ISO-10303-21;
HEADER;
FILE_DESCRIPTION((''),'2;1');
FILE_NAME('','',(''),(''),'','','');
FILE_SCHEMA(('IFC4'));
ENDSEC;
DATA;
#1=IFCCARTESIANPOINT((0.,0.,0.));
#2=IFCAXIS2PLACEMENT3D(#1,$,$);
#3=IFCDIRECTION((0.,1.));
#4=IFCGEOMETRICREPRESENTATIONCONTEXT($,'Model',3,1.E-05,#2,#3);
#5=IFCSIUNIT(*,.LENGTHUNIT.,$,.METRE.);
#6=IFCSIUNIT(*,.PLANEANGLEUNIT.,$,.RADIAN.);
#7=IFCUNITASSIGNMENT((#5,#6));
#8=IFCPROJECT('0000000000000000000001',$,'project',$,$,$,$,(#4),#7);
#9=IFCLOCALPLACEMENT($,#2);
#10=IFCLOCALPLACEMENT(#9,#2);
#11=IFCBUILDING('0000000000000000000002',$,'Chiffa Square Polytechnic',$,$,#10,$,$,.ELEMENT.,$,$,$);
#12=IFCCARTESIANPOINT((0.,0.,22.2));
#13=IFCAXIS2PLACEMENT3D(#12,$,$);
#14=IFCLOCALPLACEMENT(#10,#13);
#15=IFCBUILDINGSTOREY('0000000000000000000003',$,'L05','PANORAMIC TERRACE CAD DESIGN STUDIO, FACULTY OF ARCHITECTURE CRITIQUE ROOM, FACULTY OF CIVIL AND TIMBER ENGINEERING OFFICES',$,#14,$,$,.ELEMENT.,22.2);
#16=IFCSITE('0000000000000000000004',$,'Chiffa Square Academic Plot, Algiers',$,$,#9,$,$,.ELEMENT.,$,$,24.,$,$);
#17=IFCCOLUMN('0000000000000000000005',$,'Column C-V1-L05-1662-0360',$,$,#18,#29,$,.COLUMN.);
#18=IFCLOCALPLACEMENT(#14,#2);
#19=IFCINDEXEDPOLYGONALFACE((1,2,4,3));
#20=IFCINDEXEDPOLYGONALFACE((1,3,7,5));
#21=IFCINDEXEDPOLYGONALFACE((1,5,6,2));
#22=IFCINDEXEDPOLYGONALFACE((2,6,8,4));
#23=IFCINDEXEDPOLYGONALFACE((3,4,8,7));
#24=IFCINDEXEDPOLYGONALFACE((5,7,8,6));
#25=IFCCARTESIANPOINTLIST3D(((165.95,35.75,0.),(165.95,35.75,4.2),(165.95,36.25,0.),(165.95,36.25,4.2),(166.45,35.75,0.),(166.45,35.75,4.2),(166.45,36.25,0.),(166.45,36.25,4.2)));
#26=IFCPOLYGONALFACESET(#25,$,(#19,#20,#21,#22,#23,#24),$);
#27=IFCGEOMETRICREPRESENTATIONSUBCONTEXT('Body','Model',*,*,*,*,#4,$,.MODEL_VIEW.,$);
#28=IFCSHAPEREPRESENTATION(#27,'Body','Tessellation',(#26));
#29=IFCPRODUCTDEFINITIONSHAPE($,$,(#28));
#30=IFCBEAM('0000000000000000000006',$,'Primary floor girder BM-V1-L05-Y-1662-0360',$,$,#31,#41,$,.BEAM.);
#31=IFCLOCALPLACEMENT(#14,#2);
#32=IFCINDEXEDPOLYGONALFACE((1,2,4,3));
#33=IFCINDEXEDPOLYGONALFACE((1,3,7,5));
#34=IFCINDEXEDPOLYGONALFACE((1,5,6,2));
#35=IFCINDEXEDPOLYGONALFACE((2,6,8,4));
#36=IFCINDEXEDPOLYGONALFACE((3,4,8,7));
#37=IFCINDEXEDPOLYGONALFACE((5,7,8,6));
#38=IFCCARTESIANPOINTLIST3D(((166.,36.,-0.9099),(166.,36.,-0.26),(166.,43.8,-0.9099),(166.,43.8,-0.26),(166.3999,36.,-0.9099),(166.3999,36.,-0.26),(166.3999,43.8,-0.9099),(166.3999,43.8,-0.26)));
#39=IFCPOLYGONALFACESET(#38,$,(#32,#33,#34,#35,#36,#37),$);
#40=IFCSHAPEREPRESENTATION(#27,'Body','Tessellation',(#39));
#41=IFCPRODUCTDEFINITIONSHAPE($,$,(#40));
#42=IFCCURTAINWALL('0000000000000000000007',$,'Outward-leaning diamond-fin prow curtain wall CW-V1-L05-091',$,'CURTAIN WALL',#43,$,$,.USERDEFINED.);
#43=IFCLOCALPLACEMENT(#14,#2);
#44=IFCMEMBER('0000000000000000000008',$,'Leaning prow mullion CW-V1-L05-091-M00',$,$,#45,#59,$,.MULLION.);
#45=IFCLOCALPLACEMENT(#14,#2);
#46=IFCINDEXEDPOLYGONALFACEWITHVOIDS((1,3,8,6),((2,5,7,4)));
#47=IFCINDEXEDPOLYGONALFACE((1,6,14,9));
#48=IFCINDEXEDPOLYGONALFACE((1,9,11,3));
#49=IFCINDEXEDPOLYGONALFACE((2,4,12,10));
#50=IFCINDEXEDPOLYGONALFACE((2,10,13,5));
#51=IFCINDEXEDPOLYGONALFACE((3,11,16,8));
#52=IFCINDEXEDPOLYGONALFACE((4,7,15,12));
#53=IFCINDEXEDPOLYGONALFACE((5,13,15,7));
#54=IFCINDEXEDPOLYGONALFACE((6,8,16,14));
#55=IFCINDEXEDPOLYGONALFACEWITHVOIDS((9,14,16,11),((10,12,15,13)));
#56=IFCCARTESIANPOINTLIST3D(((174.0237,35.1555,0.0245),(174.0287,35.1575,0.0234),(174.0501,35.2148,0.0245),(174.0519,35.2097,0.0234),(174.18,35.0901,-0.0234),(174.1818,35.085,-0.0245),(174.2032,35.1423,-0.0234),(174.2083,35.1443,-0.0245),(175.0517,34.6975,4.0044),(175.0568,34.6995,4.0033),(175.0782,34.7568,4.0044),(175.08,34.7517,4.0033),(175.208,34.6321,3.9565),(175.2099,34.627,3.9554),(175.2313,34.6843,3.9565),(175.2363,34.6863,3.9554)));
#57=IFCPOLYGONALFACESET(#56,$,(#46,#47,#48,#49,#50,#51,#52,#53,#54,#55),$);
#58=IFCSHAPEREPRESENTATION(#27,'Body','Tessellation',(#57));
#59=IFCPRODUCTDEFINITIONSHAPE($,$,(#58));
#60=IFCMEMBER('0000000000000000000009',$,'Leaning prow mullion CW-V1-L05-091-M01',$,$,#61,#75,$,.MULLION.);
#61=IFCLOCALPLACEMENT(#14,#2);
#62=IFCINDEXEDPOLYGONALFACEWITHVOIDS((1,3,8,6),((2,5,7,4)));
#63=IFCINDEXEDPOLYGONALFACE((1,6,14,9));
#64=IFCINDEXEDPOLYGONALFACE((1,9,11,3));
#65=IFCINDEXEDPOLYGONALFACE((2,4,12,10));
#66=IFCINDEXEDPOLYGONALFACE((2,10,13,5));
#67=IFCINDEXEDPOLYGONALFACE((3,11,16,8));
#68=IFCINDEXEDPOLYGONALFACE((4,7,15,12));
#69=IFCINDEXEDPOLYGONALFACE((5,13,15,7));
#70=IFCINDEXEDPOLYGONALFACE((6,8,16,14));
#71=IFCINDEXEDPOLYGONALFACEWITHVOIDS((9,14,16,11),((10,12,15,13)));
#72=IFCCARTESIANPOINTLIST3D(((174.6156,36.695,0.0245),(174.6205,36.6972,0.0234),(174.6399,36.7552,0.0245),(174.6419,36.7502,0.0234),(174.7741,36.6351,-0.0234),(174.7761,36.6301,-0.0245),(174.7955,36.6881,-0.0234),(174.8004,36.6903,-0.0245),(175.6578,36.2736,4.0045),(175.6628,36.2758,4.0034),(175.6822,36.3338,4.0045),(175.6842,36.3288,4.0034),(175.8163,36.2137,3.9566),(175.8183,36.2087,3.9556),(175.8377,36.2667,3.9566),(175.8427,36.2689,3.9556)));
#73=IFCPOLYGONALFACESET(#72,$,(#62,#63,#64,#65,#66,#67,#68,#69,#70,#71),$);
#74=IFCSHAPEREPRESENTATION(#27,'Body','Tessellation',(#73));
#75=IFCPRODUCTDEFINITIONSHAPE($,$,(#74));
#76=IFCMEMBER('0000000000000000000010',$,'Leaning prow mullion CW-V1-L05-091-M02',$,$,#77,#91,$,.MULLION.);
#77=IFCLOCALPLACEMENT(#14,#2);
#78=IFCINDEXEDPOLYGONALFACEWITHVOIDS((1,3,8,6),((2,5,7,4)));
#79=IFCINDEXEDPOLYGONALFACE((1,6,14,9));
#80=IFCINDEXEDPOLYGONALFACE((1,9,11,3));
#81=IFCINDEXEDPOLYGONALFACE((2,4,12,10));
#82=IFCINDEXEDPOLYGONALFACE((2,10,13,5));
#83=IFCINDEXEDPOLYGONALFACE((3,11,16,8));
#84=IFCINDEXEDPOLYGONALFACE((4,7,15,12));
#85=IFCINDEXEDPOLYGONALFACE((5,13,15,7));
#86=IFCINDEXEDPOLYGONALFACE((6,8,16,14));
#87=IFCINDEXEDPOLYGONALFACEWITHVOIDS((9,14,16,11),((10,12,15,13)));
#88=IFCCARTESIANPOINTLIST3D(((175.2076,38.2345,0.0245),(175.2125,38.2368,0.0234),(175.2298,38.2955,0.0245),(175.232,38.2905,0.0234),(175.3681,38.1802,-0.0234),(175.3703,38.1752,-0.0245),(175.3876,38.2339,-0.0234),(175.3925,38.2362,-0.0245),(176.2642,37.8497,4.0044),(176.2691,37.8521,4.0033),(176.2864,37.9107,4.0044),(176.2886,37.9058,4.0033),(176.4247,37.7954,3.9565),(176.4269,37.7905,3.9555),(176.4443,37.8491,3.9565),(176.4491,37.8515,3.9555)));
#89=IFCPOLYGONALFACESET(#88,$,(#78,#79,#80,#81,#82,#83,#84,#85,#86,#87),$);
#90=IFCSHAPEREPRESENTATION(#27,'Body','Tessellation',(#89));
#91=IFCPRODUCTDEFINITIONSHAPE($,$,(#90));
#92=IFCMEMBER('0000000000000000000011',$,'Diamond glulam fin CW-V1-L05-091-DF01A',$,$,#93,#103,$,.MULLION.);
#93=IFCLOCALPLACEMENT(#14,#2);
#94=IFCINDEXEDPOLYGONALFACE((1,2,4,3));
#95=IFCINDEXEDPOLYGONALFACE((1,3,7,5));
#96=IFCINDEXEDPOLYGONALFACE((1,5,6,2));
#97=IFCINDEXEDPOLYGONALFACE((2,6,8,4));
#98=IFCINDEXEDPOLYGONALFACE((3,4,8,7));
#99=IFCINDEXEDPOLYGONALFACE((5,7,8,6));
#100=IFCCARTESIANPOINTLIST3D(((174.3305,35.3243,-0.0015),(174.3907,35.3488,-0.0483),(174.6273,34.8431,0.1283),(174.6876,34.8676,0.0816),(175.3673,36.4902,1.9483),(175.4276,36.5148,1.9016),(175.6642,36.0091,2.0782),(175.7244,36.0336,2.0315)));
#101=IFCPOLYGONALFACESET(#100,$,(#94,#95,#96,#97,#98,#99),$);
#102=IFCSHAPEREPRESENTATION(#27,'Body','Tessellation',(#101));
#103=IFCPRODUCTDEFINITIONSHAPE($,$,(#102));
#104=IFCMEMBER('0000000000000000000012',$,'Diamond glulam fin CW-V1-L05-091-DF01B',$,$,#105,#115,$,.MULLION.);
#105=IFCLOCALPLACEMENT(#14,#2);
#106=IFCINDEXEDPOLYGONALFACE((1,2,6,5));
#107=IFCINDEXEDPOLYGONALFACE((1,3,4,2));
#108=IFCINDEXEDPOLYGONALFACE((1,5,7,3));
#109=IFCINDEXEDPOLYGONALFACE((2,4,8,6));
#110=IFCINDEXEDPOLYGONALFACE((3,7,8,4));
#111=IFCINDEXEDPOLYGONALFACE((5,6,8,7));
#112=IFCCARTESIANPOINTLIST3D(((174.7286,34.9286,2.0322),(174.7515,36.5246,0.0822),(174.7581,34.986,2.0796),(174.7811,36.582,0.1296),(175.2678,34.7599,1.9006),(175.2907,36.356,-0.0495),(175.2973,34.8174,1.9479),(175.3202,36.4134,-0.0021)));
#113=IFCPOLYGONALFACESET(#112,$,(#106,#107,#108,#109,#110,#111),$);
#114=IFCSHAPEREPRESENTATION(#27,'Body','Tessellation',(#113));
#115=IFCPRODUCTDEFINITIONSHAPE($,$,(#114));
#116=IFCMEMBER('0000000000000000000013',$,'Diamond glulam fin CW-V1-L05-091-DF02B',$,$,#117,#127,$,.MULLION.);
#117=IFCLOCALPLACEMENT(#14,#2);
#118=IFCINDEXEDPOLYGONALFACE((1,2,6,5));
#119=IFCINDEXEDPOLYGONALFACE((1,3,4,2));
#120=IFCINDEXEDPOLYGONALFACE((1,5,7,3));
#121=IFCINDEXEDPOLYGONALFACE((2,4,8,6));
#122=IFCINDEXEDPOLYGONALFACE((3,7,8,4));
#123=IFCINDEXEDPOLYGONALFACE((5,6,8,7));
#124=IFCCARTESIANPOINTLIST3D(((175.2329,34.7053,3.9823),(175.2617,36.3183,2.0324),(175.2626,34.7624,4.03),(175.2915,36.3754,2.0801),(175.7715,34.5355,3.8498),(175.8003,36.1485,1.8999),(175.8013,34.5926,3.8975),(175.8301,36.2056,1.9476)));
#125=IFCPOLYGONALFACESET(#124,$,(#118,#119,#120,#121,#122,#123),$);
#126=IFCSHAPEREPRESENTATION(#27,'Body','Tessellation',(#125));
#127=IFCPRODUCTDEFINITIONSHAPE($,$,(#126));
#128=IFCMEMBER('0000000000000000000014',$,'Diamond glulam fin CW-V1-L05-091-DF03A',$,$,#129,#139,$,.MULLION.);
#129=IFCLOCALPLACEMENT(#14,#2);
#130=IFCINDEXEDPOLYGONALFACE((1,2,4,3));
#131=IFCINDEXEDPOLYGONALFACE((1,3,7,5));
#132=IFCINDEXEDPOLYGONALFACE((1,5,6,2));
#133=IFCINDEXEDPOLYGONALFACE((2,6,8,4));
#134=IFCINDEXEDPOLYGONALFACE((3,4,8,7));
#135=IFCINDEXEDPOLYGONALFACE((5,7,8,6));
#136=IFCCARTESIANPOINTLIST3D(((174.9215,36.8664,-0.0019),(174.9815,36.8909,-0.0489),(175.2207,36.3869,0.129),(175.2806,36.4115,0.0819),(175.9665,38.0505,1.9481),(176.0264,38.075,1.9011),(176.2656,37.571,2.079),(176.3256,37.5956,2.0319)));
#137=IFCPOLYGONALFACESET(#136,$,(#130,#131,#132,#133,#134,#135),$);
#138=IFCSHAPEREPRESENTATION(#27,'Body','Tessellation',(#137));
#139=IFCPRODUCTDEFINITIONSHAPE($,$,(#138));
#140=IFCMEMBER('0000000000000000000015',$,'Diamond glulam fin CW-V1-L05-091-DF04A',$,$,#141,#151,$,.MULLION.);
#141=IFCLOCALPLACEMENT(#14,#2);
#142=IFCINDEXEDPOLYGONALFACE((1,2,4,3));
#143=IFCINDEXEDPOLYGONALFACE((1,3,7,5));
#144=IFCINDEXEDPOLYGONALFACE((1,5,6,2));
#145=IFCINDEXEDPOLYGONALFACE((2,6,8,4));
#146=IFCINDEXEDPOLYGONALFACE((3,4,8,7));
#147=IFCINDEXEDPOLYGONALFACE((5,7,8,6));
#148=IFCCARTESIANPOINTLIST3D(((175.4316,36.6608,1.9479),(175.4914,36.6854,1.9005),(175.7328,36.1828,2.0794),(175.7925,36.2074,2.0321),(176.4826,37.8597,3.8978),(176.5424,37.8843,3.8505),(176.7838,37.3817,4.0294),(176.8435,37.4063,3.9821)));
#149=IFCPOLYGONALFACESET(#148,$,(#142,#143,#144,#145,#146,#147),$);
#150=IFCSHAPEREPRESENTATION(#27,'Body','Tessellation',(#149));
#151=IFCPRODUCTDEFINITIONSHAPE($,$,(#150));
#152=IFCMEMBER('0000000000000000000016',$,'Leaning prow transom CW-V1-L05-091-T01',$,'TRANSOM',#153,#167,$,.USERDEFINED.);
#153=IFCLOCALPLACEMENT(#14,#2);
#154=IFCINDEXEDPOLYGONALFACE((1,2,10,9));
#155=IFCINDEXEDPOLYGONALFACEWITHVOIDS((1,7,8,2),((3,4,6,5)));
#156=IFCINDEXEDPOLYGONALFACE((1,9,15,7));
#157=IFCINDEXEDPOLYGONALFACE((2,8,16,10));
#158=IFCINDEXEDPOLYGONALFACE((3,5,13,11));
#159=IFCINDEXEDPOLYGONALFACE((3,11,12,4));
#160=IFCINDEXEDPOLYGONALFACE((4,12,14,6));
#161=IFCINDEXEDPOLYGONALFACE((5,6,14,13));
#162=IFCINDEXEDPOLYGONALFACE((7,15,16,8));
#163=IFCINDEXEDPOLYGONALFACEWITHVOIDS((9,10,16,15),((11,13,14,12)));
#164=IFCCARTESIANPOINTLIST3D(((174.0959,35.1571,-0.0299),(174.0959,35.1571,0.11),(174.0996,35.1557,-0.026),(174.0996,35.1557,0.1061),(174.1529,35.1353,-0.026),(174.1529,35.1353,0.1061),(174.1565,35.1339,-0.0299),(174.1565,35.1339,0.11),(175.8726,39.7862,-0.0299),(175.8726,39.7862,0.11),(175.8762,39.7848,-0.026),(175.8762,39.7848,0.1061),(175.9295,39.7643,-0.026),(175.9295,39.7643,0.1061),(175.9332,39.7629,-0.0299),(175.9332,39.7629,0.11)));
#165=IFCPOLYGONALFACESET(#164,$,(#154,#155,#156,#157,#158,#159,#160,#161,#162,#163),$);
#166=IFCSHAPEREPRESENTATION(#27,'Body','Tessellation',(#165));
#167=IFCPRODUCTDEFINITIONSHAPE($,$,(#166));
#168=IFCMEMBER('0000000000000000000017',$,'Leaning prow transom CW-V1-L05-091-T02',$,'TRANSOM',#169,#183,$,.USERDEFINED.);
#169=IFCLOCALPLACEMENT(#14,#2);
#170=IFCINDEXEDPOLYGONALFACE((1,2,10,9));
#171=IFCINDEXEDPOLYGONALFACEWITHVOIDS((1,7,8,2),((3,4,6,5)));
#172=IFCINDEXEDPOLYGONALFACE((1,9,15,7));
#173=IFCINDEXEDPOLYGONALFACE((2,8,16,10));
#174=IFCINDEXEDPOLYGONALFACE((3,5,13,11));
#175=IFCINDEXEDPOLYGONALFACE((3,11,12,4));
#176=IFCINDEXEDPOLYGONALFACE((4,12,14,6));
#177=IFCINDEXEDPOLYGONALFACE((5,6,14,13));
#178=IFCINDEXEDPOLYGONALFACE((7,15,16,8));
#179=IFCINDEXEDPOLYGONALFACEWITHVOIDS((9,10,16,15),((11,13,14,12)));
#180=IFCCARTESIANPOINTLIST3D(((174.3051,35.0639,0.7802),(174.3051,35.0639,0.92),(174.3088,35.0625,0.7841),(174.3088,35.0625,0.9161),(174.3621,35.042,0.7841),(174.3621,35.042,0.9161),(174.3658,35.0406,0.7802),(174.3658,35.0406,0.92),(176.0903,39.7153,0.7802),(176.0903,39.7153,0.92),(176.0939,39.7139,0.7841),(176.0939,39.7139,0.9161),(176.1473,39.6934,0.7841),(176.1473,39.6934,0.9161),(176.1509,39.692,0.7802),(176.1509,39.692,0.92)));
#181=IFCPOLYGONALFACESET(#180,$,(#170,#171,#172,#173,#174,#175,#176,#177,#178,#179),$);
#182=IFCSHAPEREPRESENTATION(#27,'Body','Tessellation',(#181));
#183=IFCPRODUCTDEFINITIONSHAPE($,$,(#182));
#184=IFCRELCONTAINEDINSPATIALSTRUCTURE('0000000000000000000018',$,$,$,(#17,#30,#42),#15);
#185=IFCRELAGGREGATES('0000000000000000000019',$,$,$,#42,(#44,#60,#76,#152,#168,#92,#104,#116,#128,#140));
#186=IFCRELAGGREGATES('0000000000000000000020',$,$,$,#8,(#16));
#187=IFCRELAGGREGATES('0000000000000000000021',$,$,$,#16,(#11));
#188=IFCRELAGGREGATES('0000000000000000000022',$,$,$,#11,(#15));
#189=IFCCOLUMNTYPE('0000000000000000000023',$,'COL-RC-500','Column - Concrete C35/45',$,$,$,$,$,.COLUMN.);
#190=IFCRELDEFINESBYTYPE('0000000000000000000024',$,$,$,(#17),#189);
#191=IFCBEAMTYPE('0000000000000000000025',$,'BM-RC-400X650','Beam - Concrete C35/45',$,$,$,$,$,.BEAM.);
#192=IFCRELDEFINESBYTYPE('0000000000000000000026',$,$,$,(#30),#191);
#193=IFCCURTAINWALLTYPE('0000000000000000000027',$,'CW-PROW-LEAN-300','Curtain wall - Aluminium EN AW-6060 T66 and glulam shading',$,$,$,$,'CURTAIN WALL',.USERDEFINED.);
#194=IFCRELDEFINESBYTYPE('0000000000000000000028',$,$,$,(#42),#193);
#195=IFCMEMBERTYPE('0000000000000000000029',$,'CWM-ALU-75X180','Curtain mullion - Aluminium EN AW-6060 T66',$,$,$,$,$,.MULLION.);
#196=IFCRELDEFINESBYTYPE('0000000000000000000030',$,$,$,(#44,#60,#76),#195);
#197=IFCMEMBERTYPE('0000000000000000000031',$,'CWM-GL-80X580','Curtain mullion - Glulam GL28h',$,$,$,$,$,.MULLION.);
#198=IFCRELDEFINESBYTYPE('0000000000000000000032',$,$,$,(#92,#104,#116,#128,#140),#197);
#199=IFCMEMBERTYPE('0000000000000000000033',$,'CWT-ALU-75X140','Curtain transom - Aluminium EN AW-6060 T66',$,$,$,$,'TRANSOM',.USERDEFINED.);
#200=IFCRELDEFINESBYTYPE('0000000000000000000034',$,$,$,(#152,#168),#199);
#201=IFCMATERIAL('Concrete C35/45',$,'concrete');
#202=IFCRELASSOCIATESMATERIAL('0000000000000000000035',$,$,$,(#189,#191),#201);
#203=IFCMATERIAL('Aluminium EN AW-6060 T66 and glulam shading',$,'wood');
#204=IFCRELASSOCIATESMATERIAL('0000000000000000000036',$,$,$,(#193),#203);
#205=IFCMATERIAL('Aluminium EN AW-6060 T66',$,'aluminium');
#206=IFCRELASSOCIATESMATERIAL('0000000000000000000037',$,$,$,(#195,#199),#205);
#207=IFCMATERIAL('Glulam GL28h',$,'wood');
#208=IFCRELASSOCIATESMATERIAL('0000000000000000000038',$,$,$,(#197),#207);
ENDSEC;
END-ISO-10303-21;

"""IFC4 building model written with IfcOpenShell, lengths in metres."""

from ifc_helpers import new_model, si_unit, direction, frame, origin, origin_2d, place, context, subcontext, project, spatial, rectangle, hollow_rectangle, extrude, material, material_profile, profile_set, type_object, element, aggregate, save


model = new_model("IFC4")

# Units and contexts
model_context = context("Model", 3, precision=1e-05, world=origin(), true_north=direction((0.0, 1.0)))
body_context = subcontext(model_context, "Body", "Model", "MODEL_VIEW")
ifc_project = project(units=[si_unit("LENGTHUNIT", "METRE"), si_unit("PLANEANGLEUNIT", "RADIAN")], contexts=[model_context])

# Site, building, storey
site_placement = place(None, origin())
site = spatial("IfcSite", under=ifc_project, at=site_placement, Name="Chiffa Square Academic Plot, Algiers", CompositionType="ELEMENT", RefElevation=24.0)
building_placement = place(site_placement, origin())
building = spatial("IfcBuilding", under=site, at=building_placement, Name="Chiffa Square Polytechnic", CompositionType="ELEMENT")
storey_placement = place(building_placement, frame((0.0, 0.0, 22.2)))
storey = spatial("IfcBuildingStorey", under=building, at=storey_placement, Name="L05", Description="PANORAMIC TERRACE CAD DESIGN STUDIO, FACULTY OF ARCHITECTURE CRITIQUE ROOM, FACULTY OF CIVIL AND TIMBER ENGINEERING OFFICES", CompositionType="ELEMENT", Elevation=22.2)

# Column
ifc_material_1 = material(Name="Concrete C35/45", Category="concrete")
ifc_material_profile_1 = material_profile(ifc_material_1, rectangle(XDim=0.5, YDim=0.5, at=origin_2d()), Name="RC 500x500")
ifc_profile_set_1 = profile_set([ifc_material_profile_1], Name="Concrete C35/45")
column_type = type_object("IfcColumnType", Name="COL-RC-500", Description="Column - Concrete C35/45", PredefinedType="COLUMN", material=ifc_profile_set_1)
column_placement = place(storey_placement, frame((166.2, 36.0, 0.0), z_axis=(0.0, 0.0, 1.0), x_axis=(1.0, 0.0, 0.0)))
element("IfcColumn", 1, at=column_placement, inside=storey, type_object=column_type, Name="Column C-V1-L05-1662-0360", PredefinedType="COLUMN", context=body_context, shape_type="SweptSolid", body=[
    extrude(rectangle(XDim=0.5, YDim=0.5, at=origin_2d()), origin(), (0.0, 0.0, 1.0), 4.2),
])

# Beam
ifc_material_profile_2 = material_profile(ifc_material_1, rectangle(XDim=0.3999, YDim=0.6499, at=origin_2d()), Name="RC 400x650")
ifc_profile_set_2 = profile_set([ifc_material_profile_2], Name="Concrete C35/45")
beam_type = type_object("IfcBeamType", Name="BM-RC-400X650", Description="Beam - Concrete C35/45", PredefinedType="BEAM", material=ifc_profile_set_2)
beam_placement = place(storey_placement, frame((166.2, 36.0, -0.585), z_axis=(0.0, 1.0, 0.0), x_axis=(-1.0, 0.0, 0.0)))
element("IfcBeam", 2, at=beam_placement, inside=storey, type_object=beam_type, Name="Primary floor girder BM-V1-L05-Y-1662-0360", PredefinedType="BEAM", context=body_context, shape_type="SweptSolid", body=[
    extrude(rectangle(XDim=0.3999, YDim=0.6499, at=origin_2d()), origin(), (0.0, 0.0, 1.0), 7.8),
])

# Curtain wall, members
ifc_material_2 = material(Name="Aluminium EN AW-6060 T66 and glulam shading", Category="wood")
curtain_wall_type = type_object("IfcCurtainWallType", Name="CW-PROW-LEAN-300", Description="Curtain wall - Aluminium EN AW-6060 T66 and glulam shading", ElementType="CURTAIN WALL", PredefinedType="USERDEFINED", material=ifc_material_2)
curtain_wall_placement = place(storey_placement, origin())
curtain_wall = element("IfcCurtainWall", 3, at=curtain_wall_placement, inside=storey, type_object=curtain_wall_type, Name="Outward-leaning diamond-fin prow curtain wall CW-V1-L05-091", ObjectType="CURTAIN WALL", PredefinedType="USERDEFINED")
ifc_material_3 = material(Name="Aluminium EN AW-6060 T66", Category="aluminium")
ifc_material_profile_3 = material_profile(ifc_material_3, hollow_rectangle(XDim=0.0649, YDim=0.1799, WallThickness=0.0039, at=origin_2d()), Name="ALU 65x180x4")
ifc_profile_set_3 = profile_set([ifc_material_profile_3], Name="Aluminium EN AW-6060 T66")
member_type_1 = type_object("IfcMemberType", Name="CWM-ALU-75X180", Description="Curtain mullion - Aluminium EN AW-6060 T66", PredefinedType="MULLION", material=ifc_profile_set_3)
member_1_placement = place(storey_placement, frame((174.116, 35.1499, 0.0), z_axis=(0.248564, -0.110735, 0.962265), x_axis=(0.406943, 0.913453, 0.0)))
member_1 = element("IfcMember", 4, at=member_1_placement, type_object=member_type_1, Name="Leaning prow mullion CW-V1-L05-091-M00", PredefinedType="MULLION", context=body_context, shape_type="SweptSolid", body=[
    extrude(hollow_rectangle(XDim=0.0649, YDim=0.1799, WallThickness=0.0039, at=origin_2d()), origin(), (0.0, 0.0, 1.0), 4.136),
])
member_2_placement = place(storey_placement, frame((174.708, 36.6926, 0.0), z_axis=(0.252009, -0.10189, 0.962346), x_axis=(0.374833, 0.927092, 0.0)))
member_2 = element("IfcMember", 5, at=member_2_placement, type_object=member_type_1, Name="Leaning prow mullion CW-V1-L05-091-M01", PredefinedType="MULLION", context=body_context, shape_type="SweptSolid", body=[
    extrude(hollow_rectangle(XDim=0.0649, YDim=0.1799, WallThickness=0.0039, at=origin_2d()), origin(), (0.0, 0.0, 1.0), 4.1357),
])
member_3_placement = place(storey_placement, frame((175.3, 38.2354, 0.0), z_axis=(0.255487, -0.093033, 0.962326), x_axis=(0.342161, 0.939641, 0.0)))
member_3 = element("IfcMember", 6, at=member_3_placement, type_object=member_type_1, Name="Leaning prow mullion CW-V1-L05-091-M02", PredefinedType="MULLION", context=body_context, shape_type="SweptSolid", body=[
    extrude(hollow_rectangle(XDim=0.0649, YDim=0.1799, WallThickness=0.0039, at=origin_2d()), origin(), (0.0, 0.0, 1.0), 4.1357),
])
ifc_material_4 = material(Name="Glulam GL28h", Category="wood")
ifc_material_profile_4 = material_profile(ifc_material_4, rectangle(XDim=0.0801, YDim=0.5801, at=origin_2d()), Name="GL28h 80x580")
ifc_profile_set_4 = profile_set([ifc_material_profile_4], Name="Glulam GL28h")
member_type_2 = type_object("IfcMemberType", Name="CWM-GL-80X580", Description="Curtain mullion - Glulam GL28h", PredefinedType="MULLION", material=ifc_profile_set_4)
member_4_placement = place(storey_placement, frame((174.509, 35.0959, 0.04), z_axis=(0.415178, 0.466892, 0.780793), x_axis=(-0.752184, -0.306578, 0.583291)))
member_4 = element("IfcMember", 7, at=member_4_placement, type_object=member_type_2, Name="Diamond glulam fin CW-V1-L05-091-DF01A", PredefinedType="MULLION", context=body_context, shape_type="SweptSolid", body=[
    extrude(rectangle(XDim=0.0801, YDim=0.5801, at=origin_2d()), origin(), (0.0, 0.0, 1.0), 2.4973),
])
member_5_placement = place(storey_placement, frame((175.0359, 36.469, 0.04), z_axis=(-0.009107, -0.633338, 0.773822), x_axis=(0.368718, 0.717197, 0.591333)))
member_5 = element("IfcMember", 8, at=member_5_placement, type_object=member_type_2, Name="Diamond glulam fin CW-V1-L05-091-DF01B", PredefinedType="MULLION", context=body_context, shape_type="SweptSolid", body=[
    extrude(rectangle(XDim=0.0801, YDim=0.5801, at=origin_2d()), origin(), (0.0, 0.0, 1.0), 2.52),
])
member_6_placement = place(storey_placement, frame((175.5459, 36.262, 1.99), z_axis=(-0.011383, -0.637359, 0.770483), x_axis=(0.371155, 0.712794, 0.59512)))
member_6 = element("IfcMember", 9, at=member_6_placement, type_object=member_type_2, Name="Diamond glulam fin CW-V1-L05-091-DF02B", PredefinedType="MULLION", context=body_context, shape_type="SweptSolid", body=[
    extrude(rectangle(XDim=0.0801, YDim=0.5801, at=origin_2d()), origin(), (0.0, 0.0, 1.0), 2.5308),
])
member_7_placement = place(storey_placement, frame((175.1011, 36.6389, 0.04), z_axis=(0.416432, 0.471891, 0.777112), x_axis=(-0.748743, -0.30685, 0.58756)))
member_7 = element("IfcMember", 10, at=member_7_placement, type_object=member_type_2, Name="Diamond glulam fin CW-V1-L05-091-DF03A", PredefinedType="MULLION", context=body_context, shape_type="SweptSolid", body=[
    extrude(rectangle(XDim=0.0801, YDim=0.5801, at=origin_2d()), origin(), (0.0, 0.0, 1.0), 2.5093),
])
member_8_placement = place(storey_placement, frame((175.6121, 36.4341, 1.99), z_axis=(0.417267, 0.476005, 0.77415), x_axis=(-0.7459, -0.307247, 0.590959)))
member_8 = element("IfcMember", 11, at=member_8_placement, type_object=member_type_2, Name="Diamond glulam fin CW-V1-L05-091-DF04A", PredefinedType="MULLION", context=body_context, shape_type="SweptSolid", body=[
    extrude(rectangle(XDim=0.0801, YDim=0.5801, at=origin_2d()), origin(), (0.0, 0.0, 1.0), 2.5188),
])
ifc_material_profile_5 = material_profile(ifc_material_3, hollow_rectangle(XDim=0.0649, YDim=0.1399, WallThickness=0.0039, at=origin_2d()), Name="ALU 65x140x4")
ifc_profile_set_5 = profile_set([ifc_material_profile_5], Name="Aluminium EN AW-6060 T66")
member_type_3 = type_object("IfcMemberType", Name="CWT-ALU-75X140", Description="Curtain transom - Aluminium EN AW-6060 T66", ElementType="TRANSOM", PredefinedType="USERDEFINED", material=ifc_profile_set_5)
member_9_placement = place(storey_placement, frame((174.1262, 35.1455, 0.04), z_axis=(0.358322, 0.933598, 0.0), x_axis=(-0.933598, 0.358322, 0.0)))
member_9 = element("IfcMember", 12, at=member_9_placement, type_object=member_type_3, Name="Leaning prow transom CW-V1-L05-091-T01", ObjectType="TRANSOM", PredefinedType="USERDEFINED", context=body_context, shape_type="SweptSolid", body=[
    extrude(hollow_rectangle(XDim=0.0649, YDim=0.1399, WallThickness=0.0039, at=origin_2d()), origin(), (0.0, 0.0, 1.0), 4.9583),
])
member_10_placement = place(storey_placement, frame((174.3354, 35.0522, 0.8501), z_axis=(0.358309, 0.933603, 0.0), x_axis=(-0.933603, 0.358309, 0.0)))
member_10 = element("IfcMember", 13, at=member_10_placement, type_object=member_type_3, Name="Leaning prow transom CW-V1-L05-091-T02", ObjectType="TRANSOM", PredefinedType="USERDEFINED", context=body_context, shape_type="SweptSolid", body=[
    extrude(hollow_rectangle(XDim=0.0649, YDim=0.1399, WallThickness=0.0039, at=origin_2d()), origin(), (0.0, 0.0, 1.0), 4.9822),
])
aggregate(curtain_wall, [member_1, member_2, member_3, member_9, member_10, member_4, member_5, member_6, member_7, member_8])

save(model, "model.ifc")
